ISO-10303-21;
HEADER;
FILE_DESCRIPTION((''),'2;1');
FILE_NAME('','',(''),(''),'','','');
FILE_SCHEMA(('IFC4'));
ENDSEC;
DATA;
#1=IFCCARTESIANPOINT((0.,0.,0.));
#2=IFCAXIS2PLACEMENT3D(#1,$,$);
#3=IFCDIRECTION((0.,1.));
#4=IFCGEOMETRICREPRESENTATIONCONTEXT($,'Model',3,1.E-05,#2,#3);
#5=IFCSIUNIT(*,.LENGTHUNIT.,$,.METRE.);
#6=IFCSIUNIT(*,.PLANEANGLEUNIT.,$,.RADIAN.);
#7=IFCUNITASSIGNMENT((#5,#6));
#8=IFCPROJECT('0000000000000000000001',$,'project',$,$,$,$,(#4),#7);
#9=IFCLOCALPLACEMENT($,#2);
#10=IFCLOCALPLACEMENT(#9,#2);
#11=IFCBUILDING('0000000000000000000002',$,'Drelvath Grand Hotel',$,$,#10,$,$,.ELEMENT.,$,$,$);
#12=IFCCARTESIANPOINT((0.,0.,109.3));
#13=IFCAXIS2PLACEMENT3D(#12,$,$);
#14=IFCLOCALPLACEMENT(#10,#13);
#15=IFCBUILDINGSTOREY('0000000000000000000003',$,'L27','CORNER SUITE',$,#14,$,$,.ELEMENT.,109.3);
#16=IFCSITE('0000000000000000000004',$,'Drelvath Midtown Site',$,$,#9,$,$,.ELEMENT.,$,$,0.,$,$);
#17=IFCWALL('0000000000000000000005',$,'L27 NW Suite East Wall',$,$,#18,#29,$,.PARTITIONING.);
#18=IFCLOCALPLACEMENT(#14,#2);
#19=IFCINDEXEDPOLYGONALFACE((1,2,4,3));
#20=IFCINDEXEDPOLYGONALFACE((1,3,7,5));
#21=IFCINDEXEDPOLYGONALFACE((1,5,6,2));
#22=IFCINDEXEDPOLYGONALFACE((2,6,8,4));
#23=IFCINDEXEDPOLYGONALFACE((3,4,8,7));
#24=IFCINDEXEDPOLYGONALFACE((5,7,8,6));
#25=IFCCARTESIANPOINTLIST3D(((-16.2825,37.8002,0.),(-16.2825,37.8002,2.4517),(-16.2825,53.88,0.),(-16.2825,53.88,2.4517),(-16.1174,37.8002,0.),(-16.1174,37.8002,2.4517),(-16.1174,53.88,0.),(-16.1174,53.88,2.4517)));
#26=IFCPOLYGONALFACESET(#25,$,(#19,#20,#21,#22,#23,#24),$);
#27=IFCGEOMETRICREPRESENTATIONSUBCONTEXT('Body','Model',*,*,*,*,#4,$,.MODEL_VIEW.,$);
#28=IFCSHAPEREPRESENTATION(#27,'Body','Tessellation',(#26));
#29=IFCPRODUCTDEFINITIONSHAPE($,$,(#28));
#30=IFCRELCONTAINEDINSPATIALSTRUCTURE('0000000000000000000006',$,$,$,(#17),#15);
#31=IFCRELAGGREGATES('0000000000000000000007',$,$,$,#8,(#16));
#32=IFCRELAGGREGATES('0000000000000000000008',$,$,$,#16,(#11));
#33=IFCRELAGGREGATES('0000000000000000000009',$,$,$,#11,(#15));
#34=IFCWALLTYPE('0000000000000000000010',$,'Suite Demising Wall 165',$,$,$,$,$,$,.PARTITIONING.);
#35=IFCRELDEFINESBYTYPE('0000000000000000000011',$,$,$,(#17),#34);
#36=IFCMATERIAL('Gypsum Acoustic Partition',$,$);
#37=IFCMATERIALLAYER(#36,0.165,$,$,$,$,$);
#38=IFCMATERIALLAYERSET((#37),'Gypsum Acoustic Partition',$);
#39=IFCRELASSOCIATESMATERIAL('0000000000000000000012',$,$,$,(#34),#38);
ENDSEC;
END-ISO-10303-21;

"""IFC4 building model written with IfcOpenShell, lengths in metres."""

from ifc_helpers import new_model, si_unit, direction, frame, frame_2d, origin, place, context, subcontext, project, spatial, rectangle, extrude, material, layer, layer_set, type_object, element, save


model = new_model("IFC4")

# Units and contexts
model_context = context("Model", 3, precision=1e-05, world=origin(), true_north=direction((0.0, 1.0)))
body_context = subcontext(model_context, "Body", "Model", "MODEL_VIEW")
ifc_project = project(units=[si_unit("LENGTHUNIT", "METRE"), si_unit("PLANEANGLEUNIT", "RADIAN")], contexts=[model_context])

# Site, building, storey
site_placement = place(None, origin())
site = spatial("IfcSite", under=ifc_project, at=site_placement, Name="Drelvath Midtown Site", CompositionType="ELEMENT", RefElevation=0.0)
building_placement = place(site_placement, origin())
building = spatial("IfcBuilding", under=site, at=building_placement, Name="Drelvath Grand Hotel", CompositionType="ELEMENT")
storey_placement = place(building_placement, frame((0.0, 0.0, 109.3)))
storey = spatial("IfcBuildingStorey", under=building, at=storey_placement, Name="L27", Description="CORNER SUITE", CompositionType="ELEMENT", Elevation=109.3)

# Wall
ifc_material_1 = material(Name="Gypsum Acoustic Partition")
ifc_layer_1 = layer(ifc_material_1, 0.165)
ifc_layer_set_1 = layer_set([ifc_layer_1], Name="Gypsum Acoustic Partition")
wall_type_1 = type_object("IfcWallType", Name="Suite Demising Wall 165", PredefinedType="PARTITIONING", material=ifc_layer_set_1)
wall_1_placement = place(storey_placement, frame((-16.2, 37.8, 0.0), z_axis=(0.0, 0.0, 1.0), x_axis=(0.0, 1.0, 0.0)))
element("IfcWall", 1, at=wall_1_placement, inside=storey, type_object=wall_type_1, Name="L27 NW Suite East Wall", PredefinedType="PARTITIONING", context=body_context, shape_type="SweptSolid", body=[
    extrude(rectangle(XDim=16.0798, YDim=0.165, at=frame_2d((8.04, 0.0))), origin(), (0.0, 0.0, 1.0), 2.4517),
])

save(model, "model.ifc")
